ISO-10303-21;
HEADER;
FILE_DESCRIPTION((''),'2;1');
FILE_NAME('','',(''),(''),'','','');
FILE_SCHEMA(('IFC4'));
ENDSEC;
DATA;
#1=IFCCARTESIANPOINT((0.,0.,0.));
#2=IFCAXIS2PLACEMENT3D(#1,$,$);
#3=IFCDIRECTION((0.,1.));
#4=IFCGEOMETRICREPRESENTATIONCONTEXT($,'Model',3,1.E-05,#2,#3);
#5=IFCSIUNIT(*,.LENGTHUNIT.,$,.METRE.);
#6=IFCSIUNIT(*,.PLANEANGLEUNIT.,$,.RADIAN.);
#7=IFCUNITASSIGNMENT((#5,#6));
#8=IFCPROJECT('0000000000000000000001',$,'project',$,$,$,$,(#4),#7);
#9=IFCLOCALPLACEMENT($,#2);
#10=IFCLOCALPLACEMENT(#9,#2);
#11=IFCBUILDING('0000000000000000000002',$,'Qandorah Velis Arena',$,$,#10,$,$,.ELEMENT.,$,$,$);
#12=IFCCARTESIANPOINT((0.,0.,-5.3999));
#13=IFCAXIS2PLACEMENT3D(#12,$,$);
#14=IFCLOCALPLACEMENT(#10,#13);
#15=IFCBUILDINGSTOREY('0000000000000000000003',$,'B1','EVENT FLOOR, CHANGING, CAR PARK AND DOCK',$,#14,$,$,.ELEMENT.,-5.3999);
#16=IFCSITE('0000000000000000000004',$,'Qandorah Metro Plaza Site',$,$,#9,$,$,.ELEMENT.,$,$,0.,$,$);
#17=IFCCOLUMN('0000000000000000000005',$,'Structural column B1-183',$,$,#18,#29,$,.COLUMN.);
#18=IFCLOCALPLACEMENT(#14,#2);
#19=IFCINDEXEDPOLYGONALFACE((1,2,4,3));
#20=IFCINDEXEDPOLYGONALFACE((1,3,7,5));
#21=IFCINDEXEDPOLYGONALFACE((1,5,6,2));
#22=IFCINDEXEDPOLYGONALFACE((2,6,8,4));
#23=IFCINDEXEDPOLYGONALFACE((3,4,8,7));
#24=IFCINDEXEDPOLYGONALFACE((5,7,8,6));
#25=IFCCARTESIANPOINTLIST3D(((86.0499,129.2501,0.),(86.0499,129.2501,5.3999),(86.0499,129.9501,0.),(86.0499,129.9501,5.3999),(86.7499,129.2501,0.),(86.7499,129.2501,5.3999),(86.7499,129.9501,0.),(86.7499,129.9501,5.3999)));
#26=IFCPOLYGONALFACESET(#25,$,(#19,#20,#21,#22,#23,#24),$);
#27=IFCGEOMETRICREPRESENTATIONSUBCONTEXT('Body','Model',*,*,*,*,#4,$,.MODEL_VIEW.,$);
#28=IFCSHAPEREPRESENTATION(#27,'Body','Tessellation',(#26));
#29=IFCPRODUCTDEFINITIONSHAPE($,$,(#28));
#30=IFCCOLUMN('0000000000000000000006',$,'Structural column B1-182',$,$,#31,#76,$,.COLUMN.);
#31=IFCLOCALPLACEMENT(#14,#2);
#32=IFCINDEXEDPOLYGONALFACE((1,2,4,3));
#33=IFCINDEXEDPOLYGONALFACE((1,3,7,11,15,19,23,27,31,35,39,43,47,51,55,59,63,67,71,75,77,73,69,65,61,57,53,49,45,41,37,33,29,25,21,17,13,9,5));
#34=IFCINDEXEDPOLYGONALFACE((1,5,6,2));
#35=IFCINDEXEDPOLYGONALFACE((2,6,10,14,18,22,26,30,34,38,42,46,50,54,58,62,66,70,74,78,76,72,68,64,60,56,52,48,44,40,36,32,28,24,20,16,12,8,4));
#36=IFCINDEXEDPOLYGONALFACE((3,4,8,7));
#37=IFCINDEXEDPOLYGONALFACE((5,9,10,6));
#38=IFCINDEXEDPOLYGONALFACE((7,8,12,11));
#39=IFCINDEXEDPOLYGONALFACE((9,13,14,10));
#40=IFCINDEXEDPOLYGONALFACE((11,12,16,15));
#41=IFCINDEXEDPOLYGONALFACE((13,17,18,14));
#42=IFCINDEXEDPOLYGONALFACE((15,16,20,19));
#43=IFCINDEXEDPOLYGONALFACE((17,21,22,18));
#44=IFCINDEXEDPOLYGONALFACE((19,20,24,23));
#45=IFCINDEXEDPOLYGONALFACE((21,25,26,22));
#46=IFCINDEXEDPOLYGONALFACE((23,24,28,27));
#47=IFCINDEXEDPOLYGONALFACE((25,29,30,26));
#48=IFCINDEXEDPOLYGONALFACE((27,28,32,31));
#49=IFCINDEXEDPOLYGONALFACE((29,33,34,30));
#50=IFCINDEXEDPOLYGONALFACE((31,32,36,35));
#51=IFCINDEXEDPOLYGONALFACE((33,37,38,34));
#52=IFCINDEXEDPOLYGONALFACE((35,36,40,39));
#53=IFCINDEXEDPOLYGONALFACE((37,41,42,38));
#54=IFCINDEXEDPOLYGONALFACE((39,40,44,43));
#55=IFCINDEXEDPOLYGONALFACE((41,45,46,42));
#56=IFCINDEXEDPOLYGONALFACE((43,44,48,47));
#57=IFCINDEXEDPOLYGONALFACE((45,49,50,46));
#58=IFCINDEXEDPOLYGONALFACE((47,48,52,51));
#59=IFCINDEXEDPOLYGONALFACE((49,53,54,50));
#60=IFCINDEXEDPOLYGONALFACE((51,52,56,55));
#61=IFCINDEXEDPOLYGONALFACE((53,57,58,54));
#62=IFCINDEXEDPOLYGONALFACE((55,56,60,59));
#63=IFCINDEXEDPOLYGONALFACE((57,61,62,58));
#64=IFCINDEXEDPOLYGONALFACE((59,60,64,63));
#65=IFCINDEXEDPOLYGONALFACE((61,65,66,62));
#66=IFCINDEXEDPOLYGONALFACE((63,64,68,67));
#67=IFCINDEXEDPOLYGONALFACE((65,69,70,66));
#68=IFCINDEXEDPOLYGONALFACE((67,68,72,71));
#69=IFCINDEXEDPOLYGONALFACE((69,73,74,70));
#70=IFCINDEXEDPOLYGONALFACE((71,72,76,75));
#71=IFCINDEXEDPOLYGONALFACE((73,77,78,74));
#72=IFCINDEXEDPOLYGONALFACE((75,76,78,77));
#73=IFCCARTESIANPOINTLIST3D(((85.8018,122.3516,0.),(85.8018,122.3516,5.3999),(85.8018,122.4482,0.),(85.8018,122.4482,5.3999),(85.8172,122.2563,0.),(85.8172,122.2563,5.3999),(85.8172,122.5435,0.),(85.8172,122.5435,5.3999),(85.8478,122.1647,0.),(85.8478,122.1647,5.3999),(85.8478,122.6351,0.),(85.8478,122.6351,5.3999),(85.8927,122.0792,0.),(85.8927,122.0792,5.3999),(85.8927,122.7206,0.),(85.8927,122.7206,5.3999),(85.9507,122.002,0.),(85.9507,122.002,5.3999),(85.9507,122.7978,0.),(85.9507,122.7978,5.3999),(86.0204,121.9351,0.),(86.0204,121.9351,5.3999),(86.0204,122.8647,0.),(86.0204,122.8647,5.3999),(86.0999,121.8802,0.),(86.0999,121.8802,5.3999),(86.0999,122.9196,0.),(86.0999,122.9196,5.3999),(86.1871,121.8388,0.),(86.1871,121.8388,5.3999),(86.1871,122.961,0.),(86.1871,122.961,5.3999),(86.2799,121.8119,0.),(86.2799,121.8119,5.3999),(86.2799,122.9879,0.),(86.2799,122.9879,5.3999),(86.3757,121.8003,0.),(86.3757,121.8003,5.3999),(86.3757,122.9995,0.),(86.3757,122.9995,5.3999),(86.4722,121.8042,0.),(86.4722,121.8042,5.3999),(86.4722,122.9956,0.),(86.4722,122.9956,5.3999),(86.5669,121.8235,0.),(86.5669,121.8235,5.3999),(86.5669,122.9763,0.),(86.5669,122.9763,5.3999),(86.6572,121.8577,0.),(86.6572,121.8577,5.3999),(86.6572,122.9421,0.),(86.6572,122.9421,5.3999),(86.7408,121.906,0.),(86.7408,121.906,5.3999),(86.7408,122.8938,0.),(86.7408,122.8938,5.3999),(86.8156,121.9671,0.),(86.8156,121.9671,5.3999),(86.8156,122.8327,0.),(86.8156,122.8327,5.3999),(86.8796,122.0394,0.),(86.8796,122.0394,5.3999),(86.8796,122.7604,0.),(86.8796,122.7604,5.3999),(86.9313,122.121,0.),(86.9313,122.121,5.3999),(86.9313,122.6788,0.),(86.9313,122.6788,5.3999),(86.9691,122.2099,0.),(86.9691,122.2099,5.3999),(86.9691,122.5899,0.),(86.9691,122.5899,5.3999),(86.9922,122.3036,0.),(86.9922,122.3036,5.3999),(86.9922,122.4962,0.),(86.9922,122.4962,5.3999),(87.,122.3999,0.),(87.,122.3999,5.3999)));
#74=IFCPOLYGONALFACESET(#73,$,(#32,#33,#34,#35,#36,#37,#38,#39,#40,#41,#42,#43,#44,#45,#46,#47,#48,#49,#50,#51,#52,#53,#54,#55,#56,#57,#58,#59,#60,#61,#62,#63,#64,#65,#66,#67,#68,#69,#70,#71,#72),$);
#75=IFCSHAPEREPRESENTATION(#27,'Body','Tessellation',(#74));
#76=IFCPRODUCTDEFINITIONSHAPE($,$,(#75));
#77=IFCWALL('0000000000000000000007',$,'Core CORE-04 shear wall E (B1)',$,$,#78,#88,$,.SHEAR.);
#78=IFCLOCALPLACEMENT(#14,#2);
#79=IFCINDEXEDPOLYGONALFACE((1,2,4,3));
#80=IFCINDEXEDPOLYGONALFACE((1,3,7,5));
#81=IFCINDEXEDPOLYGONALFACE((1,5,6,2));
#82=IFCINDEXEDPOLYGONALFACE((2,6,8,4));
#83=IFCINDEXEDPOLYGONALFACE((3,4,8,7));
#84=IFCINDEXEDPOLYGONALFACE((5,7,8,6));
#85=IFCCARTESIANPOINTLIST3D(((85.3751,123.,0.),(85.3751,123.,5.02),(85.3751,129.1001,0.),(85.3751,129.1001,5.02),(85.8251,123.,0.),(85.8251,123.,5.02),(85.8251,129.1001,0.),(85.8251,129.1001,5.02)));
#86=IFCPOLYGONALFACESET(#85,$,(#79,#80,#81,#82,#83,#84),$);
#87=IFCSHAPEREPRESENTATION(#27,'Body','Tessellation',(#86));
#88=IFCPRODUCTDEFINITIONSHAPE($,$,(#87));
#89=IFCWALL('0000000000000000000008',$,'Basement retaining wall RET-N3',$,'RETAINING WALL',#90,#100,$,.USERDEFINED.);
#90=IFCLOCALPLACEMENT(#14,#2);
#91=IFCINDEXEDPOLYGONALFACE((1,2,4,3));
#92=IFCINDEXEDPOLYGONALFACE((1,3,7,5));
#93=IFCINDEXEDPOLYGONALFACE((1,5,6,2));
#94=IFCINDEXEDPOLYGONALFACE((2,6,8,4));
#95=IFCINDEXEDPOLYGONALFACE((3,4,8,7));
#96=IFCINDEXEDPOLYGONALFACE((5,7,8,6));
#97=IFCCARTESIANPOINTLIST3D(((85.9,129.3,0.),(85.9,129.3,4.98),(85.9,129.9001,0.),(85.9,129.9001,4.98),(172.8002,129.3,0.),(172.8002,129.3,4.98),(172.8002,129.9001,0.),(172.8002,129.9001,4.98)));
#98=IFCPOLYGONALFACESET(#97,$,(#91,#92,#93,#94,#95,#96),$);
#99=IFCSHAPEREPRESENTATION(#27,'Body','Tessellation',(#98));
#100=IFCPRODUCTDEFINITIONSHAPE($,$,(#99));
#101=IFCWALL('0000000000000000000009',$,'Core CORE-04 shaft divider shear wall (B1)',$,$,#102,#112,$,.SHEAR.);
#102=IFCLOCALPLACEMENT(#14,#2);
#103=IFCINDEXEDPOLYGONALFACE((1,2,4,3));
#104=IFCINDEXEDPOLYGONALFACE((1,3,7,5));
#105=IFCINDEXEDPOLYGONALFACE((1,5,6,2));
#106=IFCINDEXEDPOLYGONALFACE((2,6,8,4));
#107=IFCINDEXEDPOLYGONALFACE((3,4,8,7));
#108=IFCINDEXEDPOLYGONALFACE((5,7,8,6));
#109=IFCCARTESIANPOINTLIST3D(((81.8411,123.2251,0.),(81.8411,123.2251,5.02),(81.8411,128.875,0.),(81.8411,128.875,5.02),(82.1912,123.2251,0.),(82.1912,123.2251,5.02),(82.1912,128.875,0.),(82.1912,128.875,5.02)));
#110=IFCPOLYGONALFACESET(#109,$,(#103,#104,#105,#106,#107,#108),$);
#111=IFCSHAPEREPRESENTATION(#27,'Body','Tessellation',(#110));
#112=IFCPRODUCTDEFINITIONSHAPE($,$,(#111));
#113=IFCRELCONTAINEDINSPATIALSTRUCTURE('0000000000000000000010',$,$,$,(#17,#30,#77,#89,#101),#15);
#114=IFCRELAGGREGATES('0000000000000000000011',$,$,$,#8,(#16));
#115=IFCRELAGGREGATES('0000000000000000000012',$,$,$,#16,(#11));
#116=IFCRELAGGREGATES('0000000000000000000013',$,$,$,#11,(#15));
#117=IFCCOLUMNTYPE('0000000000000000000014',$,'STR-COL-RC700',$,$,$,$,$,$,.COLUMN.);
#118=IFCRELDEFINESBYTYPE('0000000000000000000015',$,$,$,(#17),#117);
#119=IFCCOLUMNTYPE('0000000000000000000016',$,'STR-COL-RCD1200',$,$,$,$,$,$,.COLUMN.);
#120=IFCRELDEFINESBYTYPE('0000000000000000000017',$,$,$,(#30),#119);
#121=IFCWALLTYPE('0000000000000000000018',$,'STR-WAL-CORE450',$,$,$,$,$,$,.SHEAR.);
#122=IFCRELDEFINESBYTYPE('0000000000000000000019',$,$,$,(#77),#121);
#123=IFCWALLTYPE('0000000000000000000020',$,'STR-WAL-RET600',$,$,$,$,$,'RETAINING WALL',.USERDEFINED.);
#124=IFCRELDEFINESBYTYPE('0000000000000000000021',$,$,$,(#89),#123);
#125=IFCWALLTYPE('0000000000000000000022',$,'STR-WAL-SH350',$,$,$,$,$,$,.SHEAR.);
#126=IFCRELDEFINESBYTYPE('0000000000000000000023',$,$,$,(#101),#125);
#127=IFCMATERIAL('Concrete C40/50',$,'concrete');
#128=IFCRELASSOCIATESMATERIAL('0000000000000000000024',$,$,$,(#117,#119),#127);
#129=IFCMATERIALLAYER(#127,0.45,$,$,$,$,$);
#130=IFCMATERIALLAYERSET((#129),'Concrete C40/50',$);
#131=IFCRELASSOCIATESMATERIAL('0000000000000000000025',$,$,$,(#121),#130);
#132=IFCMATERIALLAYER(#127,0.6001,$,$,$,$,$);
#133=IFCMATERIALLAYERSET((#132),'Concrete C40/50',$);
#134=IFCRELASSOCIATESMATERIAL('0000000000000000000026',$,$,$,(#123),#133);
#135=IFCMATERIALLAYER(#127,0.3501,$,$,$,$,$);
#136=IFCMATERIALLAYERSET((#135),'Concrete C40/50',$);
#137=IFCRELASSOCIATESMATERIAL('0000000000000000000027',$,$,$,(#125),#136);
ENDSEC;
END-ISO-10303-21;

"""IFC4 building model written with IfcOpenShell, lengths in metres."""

from ifc_helpers import new_model, si_unit, direction, frame, frame_2d, origin, origin_2d, place, context, subcontext, project, spatial, rectangle, circle, extrude, material, layer, layer_set, material_profile, profile_set, type_object, element, save


model = new_model("IFC4")

# Units and contexts
model_context = context("Model", 3, precision=1e-05, world=origin(), true_north=direction((0.0, 1.0)))
body_context = subcontext(model_context, "Body", "Model", "MODEL_VIEW")
ifc_project = project(units=[si_unit("LENGTHUNIT", "METRE"), si_unit("PLANEANGLEUNIT", "RADIAN")], contexts=[model_context])

# Site, building, storey
site_placement = place(None, origin())
site = spatial("IfcSite", under=ifc_project, at=site_placement, Name="Qandorah Metro Plaza Site", CompositionType="ELEMENT", RefElevation=0.0)
building_placement = place(site_placement, origin())
building = spatial("IfcBuilding", under=site, at=building_placement, Name="Qandorah Velis Arena", CompositionType="ELEMENT")
storey_placement = place(building_placement, frame((0.0, 0.0, -5.3999)))
storey = spatial("IfcBuildingStorey", under=building, at=storey_placement, Name="B1", Description="EVENT FLOOR, CHANGING, CAR PARK AND DOCK", CompositionType="ELEMENT", Elevation=-5.3999)

# Shared definitions
ifc_material_1 = material(Name="Concrete C40/50", Category="concrete")

# Columns
ifc_material_profile_1 = material_profile(ifc_material_1, rectangle(XDim=0.7, YDim=0.7, at=origin_2d()), Name="RC COL 700x700")
ifc_profile_set_1 = profile_set([ifc_material_profile_1], Name="Concrete C40/50")
column_type_1 = type_object("IfcColumnType", Name="STR-COL-RC700", PredefinedType="COLUMN", material=ifc_profile_set_1)
column_1_placement = place(storey_placement, frame((86.3999, 129.6001, 0.0), z_axis=(0.0, 0.0, 1.0), x_axis=(1.0, 0.0, 0.0)))
element("IfcColumn", 1, at=column_1_placement, inside=storey, type_object=column_type_1, Name="Structural column B1-183", PredefinedType="COLUMN", context=body_context, shape_type="SweptSolid", body=[
    extrude(rectangle(XDim=0.7, YDim=0.7, at=origin_2d()), origin(), (0.0, 0.0, 1.0), 5.3999),
])
ifc_material_profile_2 = material_profile(ifc_material_1, circle(Radius=0.6001, at=origin_2d()), Name="RC D1200")
ifc_profile_set_2 = profile_set([ifc_material_profile_2], Name="Concrete C40/50")
column_type_2 = type_object("IfcColumnType", Name="STR-COL-RCD1200", PredefinedType="COLUMN", material=ifc_profile_set_2)
column_2_placement = place(storey_placement, frame((86.3999, 122.3999, 0.0), z_axis=(0.0, 0.0, 1.0), x_axis=(1.0, 0.0, 0.0)))
element("IfcColumn", 2, at=column_2_placement, inside=storey, type_object=column_type_2, Name="Structural column B1-182", PredefinedType="COLUMN", context=body_context, shape_type="SweptSolid", body=[
    extrude(circle(Radius=0.6001, at=origin_2d()), origin(), (0.0, 0.0, 1.0), 5.3999),
])

# Walls
ifc_layer_1 = layer(ifc_material_1, 0.45)
ifc_layer_set_1 = layer_set([ifc_layer_1], Name="Concrete C40/50")
wall_type_1 = type_object("IfcWallType", Name="STR-WAL-CORE450", PredefinedType="SHEAR", material=ifc_layer_set_1)
wall_1_placement = place(storey_placement, frame((85.6001, 123.0, 0.0), z_axis=(0.0, 0.0, 1.0), x_axis=(0.0, 1.0, 0.0)))
element("IfcWall", 3, at=wall_1_placement, inside=storey, type_object=wall_type_1, Name="Core CORE-04 shear wall E (B1)", PredefinedType="SHEAR", context=body_context, shape_type="SweptSolid", body=[
    extrude(rectangle(XDim=6.1001, YDim=0.45, at=frame_2d((3.05, 0.0))), origin(), (0.0, 0.0, 1.0), 5.02),
])
ifc_layer_2 = layer(ifc_material_1, 0.6001)
ifc_layer_set_2 = layer_set([ifc_layer_2], Name="Concrete C40/50")
wall_type_2 = type_object("IfcWallType", Name="STR-WAL-RET600", ElementType="RETAINING WALL", PredefinedType="USERDEFINED", material=ifc_layer_set_2)
wall_2_placement = place(storey_placement, frame((85.8999, 129.6001, 0.0), z_axis=(0.0, 0.0, 1.0), x_axis=(1.0, 0.0, 0.0)))
element("IfcWall", 4, at=wall_2_placement, inside=storey, type_object=wall_type_2, Name="Basement retaining wall RET-N3", ObjectType="RETAINING WALL", PredefinedType="USERDEFINED", context=body_context, shape_type="SweptSolid", body=[
    extrude(rectangle(XDim=86.9001, YDim=0.6001, at=frame_2d((43.4502, 0.0))), origin(), (0.0, 0.0, 1.0), 4.98),
])
ifc_layer_3 = layer(ifc_material_1, 0.3501)
ifc_layer_set_3 = layer_set([ifc_layer_3], Name="Concrete C40/50")
wall_type_3 = type_object("IfcWallType", Name="STR-WAL-SH350", PredefinedType="SHEAR", material=ifc_layer_set_3)
wall_3_placement = place(storey_placement, frame((82.0161, 123.2251, 0.0), z_axis=(0.0, 0.0, 1.0), x_axis=(0.0, 1.0, 0.0)))
element("IfcWall", 5, at=wall_3_placement, inside=storey, type_object=wall_type_3, Name="Core CORE-04 shaft divider shear wall (B1)", PredefinedType="SHEAR", context=body_context, shape_type="SweptSolid", body=[
    extrude(rectangle(XDim=5.6499, YDim=0.3501, at=frame_2d((2.825, 0.0))), origin(), (0.0, 0.0, 1.0), 5.02),
])

save(model, "model.ifc")
